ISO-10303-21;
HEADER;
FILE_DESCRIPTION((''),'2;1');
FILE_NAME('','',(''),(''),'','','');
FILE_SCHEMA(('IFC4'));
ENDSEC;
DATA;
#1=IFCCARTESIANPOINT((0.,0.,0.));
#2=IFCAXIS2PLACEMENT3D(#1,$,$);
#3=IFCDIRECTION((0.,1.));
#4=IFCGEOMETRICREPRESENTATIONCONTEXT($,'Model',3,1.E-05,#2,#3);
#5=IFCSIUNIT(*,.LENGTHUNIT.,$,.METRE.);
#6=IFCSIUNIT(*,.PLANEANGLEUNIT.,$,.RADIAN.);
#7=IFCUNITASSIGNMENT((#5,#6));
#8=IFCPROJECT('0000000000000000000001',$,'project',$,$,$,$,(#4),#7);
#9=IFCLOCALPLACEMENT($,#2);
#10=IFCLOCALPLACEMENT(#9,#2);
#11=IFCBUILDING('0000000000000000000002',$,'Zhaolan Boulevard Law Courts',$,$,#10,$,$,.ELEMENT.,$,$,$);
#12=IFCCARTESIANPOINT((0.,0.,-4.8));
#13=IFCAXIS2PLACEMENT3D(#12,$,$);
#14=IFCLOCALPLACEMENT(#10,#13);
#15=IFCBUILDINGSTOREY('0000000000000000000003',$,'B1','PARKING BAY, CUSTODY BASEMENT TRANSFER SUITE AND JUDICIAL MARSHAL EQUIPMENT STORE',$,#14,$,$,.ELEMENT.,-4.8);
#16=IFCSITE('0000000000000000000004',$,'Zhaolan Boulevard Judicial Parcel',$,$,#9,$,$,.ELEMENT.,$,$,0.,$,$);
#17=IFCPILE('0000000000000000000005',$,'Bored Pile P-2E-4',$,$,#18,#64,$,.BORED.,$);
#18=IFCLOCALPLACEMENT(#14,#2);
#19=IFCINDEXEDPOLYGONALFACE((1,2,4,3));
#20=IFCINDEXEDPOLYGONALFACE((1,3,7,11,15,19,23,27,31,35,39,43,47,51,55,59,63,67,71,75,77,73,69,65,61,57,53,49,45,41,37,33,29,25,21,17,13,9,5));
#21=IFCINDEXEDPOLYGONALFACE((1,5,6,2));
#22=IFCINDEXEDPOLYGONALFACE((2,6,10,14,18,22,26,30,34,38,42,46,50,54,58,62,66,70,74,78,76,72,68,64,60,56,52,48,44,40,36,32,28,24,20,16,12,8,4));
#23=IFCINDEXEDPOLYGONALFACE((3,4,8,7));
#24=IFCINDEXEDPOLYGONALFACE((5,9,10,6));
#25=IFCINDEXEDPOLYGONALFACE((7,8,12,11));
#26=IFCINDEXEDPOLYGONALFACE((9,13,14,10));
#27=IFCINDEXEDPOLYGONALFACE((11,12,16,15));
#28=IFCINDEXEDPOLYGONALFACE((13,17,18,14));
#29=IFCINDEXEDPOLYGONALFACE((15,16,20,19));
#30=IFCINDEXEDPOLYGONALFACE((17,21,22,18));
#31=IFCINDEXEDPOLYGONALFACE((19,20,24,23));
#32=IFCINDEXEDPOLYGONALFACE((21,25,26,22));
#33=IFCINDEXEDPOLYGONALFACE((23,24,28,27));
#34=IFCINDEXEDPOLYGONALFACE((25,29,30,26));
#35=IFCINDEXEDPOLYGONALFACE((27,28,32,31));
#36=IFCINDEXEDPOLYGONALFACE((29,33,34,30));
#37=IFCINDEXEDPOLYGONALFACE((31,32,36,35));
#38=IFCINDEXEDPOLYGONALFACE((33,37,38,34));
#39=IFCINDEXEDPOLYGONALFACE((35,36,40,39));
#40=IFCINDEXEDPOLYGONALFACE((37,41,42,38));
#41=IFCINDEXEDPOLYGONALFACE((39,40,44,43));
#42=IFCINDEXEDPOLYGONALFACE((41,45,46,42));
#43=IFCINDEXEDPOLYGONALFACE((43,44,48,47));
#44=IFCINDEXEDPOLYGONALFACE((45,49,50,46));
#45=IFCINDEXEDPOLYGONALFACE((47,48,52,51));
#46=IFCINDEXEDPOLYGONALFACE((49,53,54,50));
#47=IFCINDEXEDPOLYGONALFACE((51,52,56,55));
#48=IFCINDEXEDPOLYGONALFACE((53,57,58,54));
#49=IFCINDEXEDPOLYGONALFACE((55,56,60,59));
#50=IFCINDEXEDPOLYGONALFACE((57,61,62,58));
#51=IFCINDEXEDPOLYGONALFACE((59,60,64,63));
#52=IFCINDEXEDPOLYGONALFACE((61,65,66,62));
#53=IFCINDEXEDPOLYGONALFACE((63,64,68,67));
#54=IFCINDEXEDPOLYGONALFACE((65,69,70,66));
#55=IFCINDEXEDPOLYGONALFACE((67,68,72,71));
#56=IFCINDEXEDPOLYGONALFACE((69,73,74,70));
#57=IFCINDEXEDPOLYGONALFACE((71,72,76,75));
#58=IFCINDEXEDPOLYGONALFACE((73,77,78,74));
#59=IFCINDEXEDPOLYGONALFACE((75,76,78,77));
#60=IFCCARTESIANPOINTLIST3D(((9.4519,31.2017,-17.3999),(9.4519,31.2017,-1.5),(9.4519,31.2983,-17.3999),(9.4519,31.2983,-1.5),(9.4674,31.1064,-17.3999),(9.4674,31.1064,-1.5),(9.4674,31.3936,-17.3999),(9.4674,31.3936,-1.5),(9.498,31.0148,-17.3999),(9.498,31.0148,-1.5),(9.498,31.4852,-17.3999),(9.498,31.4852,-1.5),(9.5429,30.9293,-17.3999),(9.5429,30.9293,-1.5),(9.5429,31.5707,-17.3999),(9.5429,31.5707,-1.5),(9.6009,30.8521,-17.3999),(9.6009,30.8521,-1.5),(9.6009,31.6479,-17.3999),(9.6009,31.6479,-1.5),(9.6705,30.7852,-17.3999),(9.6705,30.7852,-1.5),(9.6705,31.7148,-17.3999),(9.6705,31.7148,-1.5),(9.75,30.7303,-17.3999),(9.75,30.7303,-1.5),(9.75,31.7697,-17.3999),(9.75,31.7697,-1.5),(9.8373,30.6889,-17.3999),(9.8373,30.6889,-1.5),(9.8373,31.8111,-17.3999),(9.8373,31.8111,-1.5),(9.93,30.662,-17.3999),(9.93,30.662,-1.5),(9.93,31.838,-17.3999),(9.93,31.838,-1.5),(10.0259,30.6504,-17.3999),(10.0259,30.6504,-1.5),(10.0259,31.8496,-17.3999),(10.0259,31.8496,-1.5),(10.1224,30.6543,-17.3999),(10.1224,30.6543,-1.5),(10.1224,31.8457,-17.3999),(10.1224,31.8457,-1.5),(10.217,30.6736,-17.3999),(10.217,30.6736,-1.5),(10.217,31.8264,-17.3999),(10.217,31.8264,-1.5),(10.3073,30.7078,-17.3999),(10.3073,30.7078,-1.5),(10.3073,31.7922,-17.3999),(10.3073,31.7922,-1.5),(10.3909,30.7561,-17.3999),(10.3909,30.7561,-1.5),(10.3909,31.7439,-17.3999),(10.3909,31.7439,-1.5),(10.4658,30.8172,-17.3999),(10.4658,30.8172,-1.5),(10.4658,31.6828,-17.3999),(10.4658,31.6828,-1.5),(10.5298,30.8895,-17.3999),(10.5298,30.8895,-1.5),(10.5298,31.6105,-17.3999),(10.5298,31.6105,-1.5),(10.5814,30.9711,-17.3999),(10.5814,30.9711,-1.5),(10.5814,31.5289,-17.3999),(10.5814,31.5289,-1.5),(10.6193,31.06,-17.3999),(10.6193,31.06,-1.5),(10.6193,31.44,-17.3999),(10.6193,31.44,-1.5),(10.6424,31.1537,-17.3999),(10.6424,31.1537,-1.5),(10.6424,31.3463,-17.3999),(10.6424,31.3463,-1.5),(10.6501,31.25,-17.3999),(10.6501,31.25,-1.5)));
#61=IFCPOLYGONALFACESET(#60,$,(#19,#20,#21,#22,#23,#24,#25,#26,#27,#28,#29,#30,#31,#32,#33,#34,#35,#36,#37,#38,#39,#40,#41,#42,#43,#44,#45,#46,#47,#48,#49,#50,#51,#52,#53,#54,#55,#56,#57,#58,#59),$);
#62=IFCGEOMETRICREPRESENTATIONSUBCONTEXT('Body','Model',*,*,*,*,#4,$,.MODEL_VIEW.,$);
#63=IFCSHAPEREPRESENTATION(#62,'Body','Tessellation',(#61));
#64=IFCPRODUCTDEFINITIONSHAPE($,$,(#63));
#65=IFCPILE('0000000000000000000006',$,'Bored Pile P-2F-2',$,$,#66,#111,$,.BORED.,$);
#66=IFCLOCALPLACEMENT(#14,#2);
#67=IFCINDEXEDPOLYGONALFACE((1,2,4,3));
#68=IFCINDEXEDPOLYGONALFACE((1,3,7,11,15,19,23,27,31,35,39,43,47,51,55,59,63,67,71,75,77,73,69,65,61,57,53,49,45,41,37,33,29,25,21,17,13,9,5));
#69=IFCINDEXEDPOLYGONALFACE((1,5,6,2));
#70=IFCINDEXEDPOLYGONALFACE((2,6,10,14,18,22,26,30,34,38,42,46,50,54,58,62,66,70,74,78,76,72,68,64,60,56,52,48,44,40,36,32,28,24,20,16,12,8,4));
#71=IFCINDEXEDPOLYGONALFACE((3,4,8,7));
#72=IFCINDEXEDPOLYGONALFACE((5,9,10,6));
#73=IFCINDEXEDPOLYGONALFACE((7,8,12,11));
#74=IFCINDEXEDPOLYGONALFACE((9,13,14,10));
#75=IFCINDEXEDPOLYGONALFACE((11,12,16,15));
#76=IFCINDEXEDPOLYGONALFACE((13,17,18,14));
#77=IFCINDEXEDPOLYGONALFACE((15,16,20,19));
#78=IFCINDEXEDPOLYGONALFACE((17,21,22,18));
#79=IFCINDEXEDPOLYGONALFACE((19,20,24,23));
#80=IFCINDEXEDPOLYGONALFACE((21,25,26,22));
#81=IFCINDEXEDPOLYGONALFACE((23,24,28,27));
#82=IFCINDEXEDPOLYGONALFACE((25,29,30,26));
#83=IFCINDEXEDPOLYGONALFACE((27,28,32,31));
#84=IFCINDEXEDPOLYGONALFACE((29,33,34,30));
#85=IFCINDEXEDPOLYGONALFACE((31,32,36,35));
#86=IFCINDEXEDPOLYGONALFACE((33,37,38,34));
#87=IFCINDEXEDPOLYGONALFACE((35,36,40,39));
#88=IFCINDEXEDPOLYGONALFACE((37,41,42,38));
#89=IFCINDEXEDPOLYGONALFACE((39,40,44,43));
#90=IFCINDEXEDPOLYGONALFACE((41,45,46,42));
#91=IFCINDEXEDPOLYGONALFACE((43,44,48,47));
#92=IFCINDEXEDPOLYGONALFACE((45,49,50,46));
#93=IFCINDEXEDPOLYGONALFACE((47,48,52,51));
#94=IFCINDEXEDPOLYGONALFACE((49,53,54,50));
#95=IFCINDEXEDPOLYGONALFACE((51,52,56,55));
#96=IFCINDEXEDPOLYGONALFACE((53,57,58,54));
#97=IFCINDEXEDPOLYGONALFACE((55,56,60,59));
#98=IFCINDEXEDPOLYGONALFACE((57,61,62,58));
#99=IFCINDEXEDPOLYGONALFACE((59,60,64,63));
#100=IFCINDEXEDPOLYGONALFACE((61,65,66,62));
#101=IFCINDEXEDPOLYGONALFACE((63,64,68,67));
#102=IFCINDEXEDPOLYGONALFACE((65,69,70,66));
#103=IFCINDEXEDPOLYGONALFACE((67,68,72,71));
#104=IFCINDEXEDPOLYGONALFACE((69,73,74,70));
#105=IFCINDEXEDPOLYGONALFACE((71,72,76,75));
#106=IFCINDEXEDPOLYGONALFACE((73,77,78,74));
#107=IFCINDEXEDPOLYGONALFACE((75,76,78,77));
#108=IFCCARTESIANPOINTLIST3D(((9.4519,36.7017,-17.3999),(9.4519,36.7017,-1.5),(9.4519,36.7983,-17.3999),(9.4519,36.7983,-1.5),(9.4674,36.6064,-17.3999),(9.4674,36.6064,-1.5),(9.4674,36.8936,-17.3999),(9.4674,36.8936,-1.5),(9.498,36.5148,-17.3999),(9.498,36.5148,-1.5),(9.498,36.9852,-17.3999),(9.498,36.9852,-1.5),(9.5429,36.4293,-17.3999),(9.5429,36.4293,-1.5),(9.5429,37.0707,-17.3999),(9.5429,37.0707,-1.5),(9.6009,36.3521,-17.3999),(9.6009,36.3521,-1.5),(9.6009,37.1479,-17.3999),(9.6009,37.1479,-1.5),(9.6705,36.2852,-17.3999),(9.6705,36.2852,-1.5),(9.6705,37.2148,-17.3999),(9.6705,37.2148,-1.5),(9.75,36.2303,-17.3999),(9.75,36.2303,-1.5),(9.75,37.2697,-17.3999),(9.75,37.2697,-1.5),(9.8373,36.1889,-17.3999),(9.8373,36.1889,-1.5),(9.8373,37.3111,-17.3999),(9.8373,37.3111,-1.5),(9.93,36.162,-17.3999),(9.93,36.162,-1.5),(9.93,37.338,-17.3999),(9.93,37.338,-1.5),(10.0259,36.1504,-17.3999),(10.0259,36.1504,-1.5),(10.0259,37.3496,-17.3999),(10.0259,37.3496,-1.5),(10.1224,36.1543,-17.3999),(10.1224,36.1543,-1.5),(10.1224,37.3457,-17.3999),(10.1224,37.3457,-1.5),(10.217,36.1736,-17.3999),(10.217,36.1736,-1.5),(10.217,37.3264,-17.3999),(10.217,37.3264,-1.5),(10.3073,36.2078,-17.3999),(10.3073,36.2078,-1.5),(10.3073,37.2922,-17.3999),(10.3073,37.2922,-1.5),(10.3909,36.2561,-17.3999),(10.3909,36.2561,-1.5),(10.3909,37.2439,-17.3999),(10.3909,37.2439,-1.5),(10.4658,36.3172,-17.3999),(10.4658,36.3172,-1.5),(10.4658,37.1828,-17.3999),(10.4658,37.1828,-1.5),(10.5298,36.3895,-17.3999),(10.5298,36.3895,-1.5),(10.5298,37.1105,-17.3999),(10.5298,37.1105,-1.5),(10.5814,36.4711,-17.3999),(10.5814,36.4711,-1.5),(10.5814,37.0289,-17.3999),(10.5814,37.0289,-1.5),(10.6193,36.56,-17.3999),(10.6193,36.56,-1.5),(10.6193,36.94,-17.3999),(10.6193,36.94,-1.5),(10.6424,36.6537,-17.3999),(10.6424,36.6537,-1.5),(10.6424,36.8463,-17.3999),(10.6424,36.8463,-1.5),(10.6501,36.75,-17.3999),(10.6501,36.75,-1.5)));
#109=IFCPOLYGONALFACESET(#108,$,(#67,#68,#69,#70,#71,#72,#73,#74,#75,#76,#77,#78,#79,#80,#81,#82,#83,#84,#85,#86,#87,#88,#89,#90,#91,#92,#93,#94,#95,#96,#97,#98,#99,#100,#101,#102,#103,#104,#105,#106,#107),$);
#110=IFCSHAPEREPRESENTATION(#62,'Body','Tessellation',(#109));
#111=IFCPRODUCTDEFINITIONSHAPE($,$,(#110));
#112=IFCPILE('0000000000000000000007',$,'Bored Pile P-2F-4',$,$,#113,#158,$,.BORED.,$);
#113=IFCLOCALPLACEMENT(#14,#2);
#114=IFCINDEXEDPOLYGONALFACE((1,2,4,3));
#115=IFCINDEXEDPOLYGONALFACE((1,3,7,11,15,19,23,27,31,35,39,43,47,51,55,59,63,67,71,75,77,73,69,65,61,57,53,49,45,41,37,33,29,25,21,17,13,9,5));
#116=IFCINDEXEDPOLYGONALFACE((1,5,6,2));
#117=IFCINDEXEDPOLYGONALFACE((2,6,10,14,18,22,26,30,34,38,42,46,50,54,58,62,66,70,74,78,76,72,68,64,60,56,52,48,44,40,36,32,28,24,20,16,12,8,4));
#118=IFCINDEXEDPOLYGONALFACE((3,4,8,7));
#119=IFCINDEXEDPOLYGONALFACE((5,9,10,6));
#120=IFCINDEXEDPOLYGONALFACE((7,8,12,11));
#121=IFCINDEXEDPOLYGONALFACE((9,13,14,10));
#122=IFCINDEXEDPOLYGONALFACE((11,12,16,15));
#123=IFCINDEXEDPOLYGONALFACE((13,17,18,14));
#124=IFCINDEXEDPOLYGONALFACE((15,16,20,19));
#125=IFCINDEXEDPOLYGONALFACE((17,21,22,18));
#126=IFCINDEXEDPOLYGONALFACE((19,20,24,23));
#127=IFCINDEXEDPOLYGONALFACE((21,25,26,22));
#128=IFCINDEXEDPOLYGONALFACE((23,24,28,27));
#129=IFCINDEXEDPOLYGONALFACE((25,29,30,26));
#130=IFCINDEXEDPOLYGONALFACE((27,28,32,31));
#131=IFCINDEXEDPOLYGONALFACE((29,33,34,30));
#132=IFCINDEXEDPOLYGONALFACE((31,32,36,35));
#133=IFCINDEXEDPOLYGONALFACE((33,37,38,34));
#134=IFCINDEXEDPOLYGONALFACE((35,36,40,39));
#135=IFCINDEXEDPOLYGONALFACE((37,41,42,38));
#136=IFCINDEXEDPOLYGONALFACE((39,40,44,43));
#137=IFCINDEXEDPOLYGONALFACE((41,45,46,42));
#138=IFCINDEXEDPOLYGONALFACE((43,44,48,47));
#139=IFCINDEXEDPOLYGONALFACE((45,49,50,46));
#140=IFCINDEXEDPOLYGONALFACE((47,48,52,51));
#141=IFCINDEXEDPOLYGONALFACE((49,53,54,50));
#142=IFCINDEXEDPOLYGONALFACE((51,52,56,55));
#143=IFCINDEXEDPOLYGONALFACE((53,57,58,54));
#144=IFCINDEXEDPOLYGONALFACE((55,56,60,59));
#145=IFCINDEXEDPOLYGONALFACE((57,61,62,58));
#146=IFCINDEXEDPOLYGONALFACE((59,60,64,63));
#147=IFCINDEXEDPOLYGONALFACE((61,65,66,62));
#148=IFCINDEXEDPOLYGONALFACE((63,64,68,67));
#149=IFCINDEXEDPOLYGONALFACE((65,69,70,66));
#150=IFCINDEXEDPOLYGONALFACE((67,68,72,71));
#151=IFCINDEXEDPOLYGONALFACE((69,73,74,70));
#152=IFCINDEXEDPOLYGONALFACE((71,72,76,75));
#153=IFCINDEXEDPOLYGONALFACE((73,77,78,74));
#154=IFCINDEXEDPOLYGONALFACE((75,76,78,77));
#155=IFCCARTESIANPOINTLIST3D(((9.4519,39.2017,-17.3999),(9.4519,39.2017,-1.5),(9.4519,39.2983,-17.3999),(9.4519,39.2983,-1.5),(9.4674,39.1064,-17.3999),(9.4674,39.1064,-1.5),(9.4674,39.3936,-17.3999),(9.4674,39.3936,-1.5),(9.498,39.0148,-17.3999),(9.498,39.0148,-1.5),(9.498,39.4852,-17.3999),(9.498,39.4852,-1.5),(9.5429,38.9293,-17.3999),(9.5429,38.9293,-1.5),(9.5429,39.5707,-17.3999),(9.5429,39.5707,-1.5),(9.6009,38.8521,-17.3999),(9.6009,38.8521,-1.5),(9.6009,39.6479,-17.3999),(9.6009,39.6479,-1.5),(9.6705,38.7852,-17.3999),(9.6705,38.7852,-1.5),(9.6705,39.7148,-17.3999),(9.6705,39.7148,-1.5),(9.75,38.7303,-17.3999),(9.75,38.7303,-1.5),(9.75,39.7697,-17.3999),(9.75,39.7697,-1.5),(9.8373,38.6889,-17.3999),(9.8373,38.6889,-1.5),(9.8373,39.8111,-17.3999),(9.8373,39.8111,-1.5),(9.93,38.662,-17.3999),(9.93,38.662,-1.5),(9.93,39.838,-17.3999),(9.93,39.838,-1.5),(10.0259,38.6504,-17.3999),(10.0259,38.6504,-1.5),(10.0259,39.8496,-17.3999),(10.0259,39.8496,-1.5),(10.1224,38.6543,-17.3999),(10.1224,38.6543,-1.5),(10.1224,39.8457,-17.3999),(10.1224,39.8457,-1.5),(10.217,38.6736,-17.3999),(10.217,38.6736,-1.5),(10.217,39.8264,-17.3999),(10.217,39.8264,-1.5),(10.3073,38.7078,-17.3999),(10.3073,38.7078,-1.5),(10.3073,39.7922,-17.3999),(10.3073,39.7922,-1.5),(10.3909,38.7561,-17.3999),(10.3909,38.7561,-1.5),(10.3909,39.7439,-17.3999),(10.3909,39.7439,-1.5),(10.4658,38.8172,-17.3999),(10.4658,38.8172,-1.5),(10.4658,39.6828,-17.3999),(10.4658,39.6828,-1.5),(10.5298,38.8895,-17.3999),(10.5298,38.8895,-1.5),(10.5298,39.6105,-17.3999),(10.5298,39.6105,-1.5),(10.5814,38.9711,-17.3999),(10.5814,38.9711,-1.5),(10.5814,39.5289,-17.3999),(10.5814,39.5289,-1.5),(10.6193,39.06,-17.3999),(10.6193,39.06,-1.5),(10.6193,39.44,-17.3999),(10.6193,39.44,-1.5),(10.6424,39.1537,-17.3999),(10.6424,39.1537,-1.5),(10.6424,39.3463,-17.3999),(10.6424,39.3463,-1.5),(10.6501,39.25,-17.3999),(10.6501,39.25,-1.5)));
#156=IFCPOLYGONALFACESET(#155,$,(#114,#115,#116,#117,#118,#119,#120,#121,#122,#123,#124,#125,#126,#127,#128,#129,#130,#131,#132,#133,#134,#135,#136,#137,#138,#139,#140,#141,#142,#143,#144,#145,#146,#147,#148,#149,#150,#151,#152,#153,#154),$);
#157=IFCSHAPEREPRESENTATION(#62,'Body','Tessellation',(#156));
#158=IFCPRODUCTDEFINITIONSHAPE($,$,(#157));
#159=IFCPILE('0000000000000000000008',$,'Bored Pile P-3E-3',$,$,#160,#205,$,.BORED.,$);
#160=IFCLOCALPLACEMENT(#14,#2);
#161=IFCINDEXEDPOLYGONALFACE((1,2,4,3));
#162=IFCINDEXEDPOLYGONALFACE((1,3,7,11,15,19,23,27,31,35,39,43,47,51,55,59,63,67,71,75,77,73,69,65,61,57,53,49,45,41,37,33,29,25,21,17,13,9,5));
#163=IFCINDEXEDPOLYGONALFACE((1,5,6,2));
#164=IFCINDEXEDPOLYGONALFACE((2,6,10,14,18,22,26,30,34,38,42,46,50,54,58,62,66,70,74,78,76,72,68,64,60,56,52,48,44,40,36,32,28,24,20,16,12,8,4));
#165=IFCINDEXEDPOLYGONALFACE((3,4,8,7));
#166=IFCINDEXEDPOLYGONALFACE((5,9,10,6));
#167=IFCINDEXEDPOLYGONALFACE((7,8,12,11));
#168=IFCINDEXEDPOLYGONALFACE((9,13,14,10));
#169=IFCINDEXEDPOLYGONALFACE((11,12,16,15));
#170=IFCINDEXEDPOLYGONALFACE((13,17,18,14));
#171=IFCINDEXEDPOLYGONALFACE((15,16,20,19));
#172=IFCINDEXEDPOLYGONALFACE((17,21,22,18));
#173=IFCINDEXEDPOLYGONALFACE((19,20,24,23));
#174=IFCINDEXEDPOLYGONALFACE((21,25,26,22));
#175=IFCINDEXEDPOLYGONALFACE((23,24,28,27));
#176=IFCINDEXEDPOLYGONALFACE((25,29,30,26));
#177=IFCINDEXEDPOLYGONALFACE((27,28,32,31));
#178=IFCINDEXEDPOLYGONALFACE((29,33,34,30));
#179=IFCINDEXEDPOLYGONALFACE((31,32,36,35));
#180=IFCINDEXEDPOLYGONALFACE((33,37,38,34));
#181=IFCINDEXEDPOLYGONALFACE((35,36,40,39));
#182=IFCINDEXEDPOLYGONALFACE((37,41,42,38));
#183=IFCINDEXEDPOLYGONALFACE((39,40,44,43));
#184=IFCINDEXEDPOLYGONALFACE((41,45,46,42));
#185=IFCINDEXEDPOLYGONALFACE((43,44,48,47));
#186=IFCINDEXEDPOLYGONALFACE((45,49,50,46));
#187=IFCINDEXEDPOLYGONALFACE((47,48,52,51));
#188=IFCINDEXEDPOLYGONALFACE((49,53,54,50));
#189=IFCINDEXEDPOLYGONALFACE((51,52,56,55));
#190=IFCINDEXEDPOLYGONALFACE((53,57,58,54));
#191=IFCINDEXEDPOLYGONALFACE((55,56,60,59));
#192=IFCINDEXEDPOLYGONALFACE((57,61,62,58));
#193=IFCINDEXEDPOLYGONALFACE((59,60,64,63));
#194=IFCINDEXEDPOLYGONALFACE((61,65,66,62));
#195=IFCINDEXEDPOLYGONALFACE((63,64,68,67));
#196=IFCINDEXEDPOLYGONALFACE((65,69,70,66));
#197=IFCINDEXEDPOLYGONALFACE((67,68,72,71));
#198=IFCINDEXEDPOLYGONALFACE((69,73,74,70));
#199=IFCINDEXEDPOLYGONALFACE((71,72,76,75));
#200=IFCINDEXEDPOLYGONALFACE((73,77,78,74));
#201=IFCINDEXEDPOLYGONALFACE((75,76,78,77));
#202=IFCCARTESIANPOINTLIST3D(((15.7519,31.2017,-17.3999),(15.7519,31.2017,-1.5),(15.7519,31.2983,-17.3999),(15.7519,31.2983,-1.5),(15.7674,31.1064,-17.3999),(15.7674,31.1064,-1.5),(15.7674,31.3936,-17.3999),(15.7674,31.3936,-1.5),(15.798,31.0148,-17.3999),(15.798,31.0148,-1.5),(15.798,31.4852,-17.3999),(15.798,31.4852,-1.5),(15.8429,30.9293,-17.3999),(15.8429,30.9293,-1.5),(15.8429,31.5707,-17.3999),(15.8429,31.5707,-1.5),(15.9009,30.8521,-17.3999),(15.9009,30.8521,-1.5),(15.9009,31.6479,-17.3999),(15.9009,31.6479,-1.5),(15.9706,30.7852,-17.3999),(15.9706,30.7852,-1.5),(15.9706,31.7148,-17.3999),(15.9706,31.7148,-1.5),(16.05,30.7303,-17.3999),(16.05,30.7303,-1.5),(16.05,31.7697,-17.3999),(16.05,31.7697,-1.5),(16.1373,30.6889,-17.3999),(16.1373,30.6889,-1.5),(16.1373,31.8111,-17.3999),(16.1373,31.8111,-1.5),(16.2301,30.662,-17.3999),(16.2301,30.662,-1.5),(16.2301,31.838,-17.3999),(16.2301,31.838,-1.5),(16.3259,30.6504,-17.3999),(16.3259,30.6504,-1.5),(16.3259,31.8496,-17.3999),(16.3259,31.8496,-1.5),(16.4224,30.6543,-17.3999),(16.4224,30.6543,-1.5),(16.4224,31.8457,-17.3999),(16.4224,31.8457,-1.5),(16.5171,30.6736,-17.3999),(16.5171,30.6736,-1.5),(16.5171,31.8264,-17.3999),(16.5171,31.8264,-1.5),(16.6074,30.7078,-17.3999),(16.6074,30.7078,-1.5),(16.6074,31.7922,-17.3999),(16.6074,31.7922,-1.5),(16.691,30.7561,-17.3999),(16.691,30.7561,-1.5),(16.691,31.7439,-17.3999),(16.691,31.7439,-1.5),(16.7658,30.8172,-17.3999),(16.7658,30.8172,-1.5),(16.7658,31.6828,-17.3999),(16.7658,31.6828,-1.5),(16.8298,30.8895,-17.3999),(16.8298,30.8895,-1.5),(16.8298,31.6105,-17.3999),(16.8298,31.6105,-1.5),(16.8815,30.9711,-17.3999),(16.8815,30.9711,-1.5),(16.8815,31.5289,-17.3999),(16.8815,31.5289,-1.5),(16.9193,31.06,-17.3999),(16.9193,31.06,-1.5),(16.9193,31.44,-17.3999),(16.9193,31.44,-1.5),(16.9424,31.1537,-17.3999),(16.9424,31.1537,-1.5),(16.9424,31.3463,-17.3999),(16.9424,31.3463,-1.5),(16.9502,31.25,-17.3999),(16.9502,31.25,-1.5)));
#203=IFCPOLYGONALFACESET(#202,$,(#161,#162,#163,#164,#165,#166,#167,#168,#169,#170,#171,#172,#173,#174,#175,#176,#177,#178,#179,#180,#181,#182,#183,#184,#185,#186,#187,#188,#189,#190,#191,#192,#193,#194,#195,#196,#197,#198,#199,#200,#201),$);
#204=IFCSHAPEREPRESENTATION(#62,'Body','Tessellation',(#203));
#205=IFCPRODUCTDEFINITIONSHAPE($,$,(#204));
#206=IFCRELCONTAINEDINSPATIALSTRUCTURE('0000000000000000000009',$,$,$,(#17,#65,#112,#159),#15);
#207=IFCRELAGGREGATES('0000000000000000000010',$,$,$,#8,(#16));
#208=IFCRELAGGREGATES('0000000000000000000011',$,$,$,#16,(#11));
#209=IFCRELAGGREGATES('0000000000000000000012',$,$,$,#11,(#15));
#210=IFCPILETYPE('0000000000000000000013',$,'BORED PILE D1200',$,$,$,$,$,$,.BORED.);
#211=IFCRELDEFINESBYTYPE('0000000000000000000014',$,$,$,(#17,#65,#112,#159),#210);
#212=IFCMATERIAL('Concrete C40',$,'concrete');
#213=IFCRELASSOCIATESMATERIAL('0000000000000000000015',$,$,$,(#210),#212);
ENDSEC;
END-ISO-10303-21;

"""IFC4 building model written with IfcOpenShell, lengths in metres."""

from ifc_helpers import new_model, si_unit, direction, frame, origin, origin_2d, place, context, subcontext, project, spatial, circle, extrude, material, material_profile, profile_set, type_object, element, save


model = new_model("IFC4")

# Units and contexts
model_context = context("Model", 3, precision=1e-05, world=origin(), true_north=direction((0.0, 1.0)))
body_context = subcontext(model_context, "Body", "Model", "MODEL_VIEW")
ifc_project = project(units=[si_unit("LENGTHUNIT", "METRE"), si_unit("PLANEANGLEUNIT", "RADIAN")], contexts=[model_context])

# Site, building, storey
site_placement = place(None, origin())
site = spatial("IfcSite", under=ifc_project, at=site_placement, Name="Zhaolan Boulevard Judicial Parcel", CompositionType="ELEMENT", RefElevation=0.0)
building_placement = place(site_placement, origin())
building = spatial("IfcBuilding", under=site, at=building_placement, Name="Zhaolan Boulevard Law Courts", CompositionType="ELEMENT")
storey_placement = place(building_placement, frame((0.0, 0.0, -4.8)))
storey = spatial("IfcBuildingStorey", under=building, at=storey_placement, Name="B1", Description="PARKING BAY, CUSTODY BASEMENT TRANSFER SUITE AND JUDICIAL MARSHAL EQUIPMENT STORE", CompositionType="ELEMENT", Elevation=-4.8)

# Piles
ifc_material_1 = material(Name="Concrete C40", Category="concrete")
ifc_material_profile_1 = material_profile(ifc_material_1, circle(Radius=0.6001, at=origin_2d()), Name="PILE-D1200")
ifc_profile_set_1 = profile_set([ifc_material_profile_1], Name="Concrete C40")
pile_type = type_object("IfcPileType", Name="BORED PILE D1200", PredefinedType="BORED", material=ifc_profile_set_1)
for number, where, z_axis, x_axis, name in (
    (1, (10.05, 31.25, -1.5), (0.0, 0.0, -1.0), (1.0, 0.0, 0.0), "Bored Pile P-2E-4"),
    (2, (10.05, 36.75, -1.5), (0.0, 0.0, -1.0), (1.0, 0.0, 0.0), "Bored Pile P-2F-2"),
    (3, (10.05, 39.25, -1.5), (0.0, 0.0, -1.0), (1.0, 0.0, 0.0), "Bored Pile P-2F-4"),
    (4, (16.3501, 31.25, -1.5), (0.0, 0.0, -1.0), (1.0, 0.0, 0.0), "Bored Pile P-3E-3"),
):
    element("IfcPile", number, at=place(storey_placement, frame(where, z_axis=z_axis, x_axis=x_axis)), inside=storey, type_object=pile_type, Name=name, PredefinedType="BORED", context=body_context, shape_type="SweptSolid", body=[
        extrude(circle(Radius=0.6001, at=origin_2d()), origin(), (0.0, 0.0, 1.0), 15.8999),
    ])

save(model, "model.ifc")
